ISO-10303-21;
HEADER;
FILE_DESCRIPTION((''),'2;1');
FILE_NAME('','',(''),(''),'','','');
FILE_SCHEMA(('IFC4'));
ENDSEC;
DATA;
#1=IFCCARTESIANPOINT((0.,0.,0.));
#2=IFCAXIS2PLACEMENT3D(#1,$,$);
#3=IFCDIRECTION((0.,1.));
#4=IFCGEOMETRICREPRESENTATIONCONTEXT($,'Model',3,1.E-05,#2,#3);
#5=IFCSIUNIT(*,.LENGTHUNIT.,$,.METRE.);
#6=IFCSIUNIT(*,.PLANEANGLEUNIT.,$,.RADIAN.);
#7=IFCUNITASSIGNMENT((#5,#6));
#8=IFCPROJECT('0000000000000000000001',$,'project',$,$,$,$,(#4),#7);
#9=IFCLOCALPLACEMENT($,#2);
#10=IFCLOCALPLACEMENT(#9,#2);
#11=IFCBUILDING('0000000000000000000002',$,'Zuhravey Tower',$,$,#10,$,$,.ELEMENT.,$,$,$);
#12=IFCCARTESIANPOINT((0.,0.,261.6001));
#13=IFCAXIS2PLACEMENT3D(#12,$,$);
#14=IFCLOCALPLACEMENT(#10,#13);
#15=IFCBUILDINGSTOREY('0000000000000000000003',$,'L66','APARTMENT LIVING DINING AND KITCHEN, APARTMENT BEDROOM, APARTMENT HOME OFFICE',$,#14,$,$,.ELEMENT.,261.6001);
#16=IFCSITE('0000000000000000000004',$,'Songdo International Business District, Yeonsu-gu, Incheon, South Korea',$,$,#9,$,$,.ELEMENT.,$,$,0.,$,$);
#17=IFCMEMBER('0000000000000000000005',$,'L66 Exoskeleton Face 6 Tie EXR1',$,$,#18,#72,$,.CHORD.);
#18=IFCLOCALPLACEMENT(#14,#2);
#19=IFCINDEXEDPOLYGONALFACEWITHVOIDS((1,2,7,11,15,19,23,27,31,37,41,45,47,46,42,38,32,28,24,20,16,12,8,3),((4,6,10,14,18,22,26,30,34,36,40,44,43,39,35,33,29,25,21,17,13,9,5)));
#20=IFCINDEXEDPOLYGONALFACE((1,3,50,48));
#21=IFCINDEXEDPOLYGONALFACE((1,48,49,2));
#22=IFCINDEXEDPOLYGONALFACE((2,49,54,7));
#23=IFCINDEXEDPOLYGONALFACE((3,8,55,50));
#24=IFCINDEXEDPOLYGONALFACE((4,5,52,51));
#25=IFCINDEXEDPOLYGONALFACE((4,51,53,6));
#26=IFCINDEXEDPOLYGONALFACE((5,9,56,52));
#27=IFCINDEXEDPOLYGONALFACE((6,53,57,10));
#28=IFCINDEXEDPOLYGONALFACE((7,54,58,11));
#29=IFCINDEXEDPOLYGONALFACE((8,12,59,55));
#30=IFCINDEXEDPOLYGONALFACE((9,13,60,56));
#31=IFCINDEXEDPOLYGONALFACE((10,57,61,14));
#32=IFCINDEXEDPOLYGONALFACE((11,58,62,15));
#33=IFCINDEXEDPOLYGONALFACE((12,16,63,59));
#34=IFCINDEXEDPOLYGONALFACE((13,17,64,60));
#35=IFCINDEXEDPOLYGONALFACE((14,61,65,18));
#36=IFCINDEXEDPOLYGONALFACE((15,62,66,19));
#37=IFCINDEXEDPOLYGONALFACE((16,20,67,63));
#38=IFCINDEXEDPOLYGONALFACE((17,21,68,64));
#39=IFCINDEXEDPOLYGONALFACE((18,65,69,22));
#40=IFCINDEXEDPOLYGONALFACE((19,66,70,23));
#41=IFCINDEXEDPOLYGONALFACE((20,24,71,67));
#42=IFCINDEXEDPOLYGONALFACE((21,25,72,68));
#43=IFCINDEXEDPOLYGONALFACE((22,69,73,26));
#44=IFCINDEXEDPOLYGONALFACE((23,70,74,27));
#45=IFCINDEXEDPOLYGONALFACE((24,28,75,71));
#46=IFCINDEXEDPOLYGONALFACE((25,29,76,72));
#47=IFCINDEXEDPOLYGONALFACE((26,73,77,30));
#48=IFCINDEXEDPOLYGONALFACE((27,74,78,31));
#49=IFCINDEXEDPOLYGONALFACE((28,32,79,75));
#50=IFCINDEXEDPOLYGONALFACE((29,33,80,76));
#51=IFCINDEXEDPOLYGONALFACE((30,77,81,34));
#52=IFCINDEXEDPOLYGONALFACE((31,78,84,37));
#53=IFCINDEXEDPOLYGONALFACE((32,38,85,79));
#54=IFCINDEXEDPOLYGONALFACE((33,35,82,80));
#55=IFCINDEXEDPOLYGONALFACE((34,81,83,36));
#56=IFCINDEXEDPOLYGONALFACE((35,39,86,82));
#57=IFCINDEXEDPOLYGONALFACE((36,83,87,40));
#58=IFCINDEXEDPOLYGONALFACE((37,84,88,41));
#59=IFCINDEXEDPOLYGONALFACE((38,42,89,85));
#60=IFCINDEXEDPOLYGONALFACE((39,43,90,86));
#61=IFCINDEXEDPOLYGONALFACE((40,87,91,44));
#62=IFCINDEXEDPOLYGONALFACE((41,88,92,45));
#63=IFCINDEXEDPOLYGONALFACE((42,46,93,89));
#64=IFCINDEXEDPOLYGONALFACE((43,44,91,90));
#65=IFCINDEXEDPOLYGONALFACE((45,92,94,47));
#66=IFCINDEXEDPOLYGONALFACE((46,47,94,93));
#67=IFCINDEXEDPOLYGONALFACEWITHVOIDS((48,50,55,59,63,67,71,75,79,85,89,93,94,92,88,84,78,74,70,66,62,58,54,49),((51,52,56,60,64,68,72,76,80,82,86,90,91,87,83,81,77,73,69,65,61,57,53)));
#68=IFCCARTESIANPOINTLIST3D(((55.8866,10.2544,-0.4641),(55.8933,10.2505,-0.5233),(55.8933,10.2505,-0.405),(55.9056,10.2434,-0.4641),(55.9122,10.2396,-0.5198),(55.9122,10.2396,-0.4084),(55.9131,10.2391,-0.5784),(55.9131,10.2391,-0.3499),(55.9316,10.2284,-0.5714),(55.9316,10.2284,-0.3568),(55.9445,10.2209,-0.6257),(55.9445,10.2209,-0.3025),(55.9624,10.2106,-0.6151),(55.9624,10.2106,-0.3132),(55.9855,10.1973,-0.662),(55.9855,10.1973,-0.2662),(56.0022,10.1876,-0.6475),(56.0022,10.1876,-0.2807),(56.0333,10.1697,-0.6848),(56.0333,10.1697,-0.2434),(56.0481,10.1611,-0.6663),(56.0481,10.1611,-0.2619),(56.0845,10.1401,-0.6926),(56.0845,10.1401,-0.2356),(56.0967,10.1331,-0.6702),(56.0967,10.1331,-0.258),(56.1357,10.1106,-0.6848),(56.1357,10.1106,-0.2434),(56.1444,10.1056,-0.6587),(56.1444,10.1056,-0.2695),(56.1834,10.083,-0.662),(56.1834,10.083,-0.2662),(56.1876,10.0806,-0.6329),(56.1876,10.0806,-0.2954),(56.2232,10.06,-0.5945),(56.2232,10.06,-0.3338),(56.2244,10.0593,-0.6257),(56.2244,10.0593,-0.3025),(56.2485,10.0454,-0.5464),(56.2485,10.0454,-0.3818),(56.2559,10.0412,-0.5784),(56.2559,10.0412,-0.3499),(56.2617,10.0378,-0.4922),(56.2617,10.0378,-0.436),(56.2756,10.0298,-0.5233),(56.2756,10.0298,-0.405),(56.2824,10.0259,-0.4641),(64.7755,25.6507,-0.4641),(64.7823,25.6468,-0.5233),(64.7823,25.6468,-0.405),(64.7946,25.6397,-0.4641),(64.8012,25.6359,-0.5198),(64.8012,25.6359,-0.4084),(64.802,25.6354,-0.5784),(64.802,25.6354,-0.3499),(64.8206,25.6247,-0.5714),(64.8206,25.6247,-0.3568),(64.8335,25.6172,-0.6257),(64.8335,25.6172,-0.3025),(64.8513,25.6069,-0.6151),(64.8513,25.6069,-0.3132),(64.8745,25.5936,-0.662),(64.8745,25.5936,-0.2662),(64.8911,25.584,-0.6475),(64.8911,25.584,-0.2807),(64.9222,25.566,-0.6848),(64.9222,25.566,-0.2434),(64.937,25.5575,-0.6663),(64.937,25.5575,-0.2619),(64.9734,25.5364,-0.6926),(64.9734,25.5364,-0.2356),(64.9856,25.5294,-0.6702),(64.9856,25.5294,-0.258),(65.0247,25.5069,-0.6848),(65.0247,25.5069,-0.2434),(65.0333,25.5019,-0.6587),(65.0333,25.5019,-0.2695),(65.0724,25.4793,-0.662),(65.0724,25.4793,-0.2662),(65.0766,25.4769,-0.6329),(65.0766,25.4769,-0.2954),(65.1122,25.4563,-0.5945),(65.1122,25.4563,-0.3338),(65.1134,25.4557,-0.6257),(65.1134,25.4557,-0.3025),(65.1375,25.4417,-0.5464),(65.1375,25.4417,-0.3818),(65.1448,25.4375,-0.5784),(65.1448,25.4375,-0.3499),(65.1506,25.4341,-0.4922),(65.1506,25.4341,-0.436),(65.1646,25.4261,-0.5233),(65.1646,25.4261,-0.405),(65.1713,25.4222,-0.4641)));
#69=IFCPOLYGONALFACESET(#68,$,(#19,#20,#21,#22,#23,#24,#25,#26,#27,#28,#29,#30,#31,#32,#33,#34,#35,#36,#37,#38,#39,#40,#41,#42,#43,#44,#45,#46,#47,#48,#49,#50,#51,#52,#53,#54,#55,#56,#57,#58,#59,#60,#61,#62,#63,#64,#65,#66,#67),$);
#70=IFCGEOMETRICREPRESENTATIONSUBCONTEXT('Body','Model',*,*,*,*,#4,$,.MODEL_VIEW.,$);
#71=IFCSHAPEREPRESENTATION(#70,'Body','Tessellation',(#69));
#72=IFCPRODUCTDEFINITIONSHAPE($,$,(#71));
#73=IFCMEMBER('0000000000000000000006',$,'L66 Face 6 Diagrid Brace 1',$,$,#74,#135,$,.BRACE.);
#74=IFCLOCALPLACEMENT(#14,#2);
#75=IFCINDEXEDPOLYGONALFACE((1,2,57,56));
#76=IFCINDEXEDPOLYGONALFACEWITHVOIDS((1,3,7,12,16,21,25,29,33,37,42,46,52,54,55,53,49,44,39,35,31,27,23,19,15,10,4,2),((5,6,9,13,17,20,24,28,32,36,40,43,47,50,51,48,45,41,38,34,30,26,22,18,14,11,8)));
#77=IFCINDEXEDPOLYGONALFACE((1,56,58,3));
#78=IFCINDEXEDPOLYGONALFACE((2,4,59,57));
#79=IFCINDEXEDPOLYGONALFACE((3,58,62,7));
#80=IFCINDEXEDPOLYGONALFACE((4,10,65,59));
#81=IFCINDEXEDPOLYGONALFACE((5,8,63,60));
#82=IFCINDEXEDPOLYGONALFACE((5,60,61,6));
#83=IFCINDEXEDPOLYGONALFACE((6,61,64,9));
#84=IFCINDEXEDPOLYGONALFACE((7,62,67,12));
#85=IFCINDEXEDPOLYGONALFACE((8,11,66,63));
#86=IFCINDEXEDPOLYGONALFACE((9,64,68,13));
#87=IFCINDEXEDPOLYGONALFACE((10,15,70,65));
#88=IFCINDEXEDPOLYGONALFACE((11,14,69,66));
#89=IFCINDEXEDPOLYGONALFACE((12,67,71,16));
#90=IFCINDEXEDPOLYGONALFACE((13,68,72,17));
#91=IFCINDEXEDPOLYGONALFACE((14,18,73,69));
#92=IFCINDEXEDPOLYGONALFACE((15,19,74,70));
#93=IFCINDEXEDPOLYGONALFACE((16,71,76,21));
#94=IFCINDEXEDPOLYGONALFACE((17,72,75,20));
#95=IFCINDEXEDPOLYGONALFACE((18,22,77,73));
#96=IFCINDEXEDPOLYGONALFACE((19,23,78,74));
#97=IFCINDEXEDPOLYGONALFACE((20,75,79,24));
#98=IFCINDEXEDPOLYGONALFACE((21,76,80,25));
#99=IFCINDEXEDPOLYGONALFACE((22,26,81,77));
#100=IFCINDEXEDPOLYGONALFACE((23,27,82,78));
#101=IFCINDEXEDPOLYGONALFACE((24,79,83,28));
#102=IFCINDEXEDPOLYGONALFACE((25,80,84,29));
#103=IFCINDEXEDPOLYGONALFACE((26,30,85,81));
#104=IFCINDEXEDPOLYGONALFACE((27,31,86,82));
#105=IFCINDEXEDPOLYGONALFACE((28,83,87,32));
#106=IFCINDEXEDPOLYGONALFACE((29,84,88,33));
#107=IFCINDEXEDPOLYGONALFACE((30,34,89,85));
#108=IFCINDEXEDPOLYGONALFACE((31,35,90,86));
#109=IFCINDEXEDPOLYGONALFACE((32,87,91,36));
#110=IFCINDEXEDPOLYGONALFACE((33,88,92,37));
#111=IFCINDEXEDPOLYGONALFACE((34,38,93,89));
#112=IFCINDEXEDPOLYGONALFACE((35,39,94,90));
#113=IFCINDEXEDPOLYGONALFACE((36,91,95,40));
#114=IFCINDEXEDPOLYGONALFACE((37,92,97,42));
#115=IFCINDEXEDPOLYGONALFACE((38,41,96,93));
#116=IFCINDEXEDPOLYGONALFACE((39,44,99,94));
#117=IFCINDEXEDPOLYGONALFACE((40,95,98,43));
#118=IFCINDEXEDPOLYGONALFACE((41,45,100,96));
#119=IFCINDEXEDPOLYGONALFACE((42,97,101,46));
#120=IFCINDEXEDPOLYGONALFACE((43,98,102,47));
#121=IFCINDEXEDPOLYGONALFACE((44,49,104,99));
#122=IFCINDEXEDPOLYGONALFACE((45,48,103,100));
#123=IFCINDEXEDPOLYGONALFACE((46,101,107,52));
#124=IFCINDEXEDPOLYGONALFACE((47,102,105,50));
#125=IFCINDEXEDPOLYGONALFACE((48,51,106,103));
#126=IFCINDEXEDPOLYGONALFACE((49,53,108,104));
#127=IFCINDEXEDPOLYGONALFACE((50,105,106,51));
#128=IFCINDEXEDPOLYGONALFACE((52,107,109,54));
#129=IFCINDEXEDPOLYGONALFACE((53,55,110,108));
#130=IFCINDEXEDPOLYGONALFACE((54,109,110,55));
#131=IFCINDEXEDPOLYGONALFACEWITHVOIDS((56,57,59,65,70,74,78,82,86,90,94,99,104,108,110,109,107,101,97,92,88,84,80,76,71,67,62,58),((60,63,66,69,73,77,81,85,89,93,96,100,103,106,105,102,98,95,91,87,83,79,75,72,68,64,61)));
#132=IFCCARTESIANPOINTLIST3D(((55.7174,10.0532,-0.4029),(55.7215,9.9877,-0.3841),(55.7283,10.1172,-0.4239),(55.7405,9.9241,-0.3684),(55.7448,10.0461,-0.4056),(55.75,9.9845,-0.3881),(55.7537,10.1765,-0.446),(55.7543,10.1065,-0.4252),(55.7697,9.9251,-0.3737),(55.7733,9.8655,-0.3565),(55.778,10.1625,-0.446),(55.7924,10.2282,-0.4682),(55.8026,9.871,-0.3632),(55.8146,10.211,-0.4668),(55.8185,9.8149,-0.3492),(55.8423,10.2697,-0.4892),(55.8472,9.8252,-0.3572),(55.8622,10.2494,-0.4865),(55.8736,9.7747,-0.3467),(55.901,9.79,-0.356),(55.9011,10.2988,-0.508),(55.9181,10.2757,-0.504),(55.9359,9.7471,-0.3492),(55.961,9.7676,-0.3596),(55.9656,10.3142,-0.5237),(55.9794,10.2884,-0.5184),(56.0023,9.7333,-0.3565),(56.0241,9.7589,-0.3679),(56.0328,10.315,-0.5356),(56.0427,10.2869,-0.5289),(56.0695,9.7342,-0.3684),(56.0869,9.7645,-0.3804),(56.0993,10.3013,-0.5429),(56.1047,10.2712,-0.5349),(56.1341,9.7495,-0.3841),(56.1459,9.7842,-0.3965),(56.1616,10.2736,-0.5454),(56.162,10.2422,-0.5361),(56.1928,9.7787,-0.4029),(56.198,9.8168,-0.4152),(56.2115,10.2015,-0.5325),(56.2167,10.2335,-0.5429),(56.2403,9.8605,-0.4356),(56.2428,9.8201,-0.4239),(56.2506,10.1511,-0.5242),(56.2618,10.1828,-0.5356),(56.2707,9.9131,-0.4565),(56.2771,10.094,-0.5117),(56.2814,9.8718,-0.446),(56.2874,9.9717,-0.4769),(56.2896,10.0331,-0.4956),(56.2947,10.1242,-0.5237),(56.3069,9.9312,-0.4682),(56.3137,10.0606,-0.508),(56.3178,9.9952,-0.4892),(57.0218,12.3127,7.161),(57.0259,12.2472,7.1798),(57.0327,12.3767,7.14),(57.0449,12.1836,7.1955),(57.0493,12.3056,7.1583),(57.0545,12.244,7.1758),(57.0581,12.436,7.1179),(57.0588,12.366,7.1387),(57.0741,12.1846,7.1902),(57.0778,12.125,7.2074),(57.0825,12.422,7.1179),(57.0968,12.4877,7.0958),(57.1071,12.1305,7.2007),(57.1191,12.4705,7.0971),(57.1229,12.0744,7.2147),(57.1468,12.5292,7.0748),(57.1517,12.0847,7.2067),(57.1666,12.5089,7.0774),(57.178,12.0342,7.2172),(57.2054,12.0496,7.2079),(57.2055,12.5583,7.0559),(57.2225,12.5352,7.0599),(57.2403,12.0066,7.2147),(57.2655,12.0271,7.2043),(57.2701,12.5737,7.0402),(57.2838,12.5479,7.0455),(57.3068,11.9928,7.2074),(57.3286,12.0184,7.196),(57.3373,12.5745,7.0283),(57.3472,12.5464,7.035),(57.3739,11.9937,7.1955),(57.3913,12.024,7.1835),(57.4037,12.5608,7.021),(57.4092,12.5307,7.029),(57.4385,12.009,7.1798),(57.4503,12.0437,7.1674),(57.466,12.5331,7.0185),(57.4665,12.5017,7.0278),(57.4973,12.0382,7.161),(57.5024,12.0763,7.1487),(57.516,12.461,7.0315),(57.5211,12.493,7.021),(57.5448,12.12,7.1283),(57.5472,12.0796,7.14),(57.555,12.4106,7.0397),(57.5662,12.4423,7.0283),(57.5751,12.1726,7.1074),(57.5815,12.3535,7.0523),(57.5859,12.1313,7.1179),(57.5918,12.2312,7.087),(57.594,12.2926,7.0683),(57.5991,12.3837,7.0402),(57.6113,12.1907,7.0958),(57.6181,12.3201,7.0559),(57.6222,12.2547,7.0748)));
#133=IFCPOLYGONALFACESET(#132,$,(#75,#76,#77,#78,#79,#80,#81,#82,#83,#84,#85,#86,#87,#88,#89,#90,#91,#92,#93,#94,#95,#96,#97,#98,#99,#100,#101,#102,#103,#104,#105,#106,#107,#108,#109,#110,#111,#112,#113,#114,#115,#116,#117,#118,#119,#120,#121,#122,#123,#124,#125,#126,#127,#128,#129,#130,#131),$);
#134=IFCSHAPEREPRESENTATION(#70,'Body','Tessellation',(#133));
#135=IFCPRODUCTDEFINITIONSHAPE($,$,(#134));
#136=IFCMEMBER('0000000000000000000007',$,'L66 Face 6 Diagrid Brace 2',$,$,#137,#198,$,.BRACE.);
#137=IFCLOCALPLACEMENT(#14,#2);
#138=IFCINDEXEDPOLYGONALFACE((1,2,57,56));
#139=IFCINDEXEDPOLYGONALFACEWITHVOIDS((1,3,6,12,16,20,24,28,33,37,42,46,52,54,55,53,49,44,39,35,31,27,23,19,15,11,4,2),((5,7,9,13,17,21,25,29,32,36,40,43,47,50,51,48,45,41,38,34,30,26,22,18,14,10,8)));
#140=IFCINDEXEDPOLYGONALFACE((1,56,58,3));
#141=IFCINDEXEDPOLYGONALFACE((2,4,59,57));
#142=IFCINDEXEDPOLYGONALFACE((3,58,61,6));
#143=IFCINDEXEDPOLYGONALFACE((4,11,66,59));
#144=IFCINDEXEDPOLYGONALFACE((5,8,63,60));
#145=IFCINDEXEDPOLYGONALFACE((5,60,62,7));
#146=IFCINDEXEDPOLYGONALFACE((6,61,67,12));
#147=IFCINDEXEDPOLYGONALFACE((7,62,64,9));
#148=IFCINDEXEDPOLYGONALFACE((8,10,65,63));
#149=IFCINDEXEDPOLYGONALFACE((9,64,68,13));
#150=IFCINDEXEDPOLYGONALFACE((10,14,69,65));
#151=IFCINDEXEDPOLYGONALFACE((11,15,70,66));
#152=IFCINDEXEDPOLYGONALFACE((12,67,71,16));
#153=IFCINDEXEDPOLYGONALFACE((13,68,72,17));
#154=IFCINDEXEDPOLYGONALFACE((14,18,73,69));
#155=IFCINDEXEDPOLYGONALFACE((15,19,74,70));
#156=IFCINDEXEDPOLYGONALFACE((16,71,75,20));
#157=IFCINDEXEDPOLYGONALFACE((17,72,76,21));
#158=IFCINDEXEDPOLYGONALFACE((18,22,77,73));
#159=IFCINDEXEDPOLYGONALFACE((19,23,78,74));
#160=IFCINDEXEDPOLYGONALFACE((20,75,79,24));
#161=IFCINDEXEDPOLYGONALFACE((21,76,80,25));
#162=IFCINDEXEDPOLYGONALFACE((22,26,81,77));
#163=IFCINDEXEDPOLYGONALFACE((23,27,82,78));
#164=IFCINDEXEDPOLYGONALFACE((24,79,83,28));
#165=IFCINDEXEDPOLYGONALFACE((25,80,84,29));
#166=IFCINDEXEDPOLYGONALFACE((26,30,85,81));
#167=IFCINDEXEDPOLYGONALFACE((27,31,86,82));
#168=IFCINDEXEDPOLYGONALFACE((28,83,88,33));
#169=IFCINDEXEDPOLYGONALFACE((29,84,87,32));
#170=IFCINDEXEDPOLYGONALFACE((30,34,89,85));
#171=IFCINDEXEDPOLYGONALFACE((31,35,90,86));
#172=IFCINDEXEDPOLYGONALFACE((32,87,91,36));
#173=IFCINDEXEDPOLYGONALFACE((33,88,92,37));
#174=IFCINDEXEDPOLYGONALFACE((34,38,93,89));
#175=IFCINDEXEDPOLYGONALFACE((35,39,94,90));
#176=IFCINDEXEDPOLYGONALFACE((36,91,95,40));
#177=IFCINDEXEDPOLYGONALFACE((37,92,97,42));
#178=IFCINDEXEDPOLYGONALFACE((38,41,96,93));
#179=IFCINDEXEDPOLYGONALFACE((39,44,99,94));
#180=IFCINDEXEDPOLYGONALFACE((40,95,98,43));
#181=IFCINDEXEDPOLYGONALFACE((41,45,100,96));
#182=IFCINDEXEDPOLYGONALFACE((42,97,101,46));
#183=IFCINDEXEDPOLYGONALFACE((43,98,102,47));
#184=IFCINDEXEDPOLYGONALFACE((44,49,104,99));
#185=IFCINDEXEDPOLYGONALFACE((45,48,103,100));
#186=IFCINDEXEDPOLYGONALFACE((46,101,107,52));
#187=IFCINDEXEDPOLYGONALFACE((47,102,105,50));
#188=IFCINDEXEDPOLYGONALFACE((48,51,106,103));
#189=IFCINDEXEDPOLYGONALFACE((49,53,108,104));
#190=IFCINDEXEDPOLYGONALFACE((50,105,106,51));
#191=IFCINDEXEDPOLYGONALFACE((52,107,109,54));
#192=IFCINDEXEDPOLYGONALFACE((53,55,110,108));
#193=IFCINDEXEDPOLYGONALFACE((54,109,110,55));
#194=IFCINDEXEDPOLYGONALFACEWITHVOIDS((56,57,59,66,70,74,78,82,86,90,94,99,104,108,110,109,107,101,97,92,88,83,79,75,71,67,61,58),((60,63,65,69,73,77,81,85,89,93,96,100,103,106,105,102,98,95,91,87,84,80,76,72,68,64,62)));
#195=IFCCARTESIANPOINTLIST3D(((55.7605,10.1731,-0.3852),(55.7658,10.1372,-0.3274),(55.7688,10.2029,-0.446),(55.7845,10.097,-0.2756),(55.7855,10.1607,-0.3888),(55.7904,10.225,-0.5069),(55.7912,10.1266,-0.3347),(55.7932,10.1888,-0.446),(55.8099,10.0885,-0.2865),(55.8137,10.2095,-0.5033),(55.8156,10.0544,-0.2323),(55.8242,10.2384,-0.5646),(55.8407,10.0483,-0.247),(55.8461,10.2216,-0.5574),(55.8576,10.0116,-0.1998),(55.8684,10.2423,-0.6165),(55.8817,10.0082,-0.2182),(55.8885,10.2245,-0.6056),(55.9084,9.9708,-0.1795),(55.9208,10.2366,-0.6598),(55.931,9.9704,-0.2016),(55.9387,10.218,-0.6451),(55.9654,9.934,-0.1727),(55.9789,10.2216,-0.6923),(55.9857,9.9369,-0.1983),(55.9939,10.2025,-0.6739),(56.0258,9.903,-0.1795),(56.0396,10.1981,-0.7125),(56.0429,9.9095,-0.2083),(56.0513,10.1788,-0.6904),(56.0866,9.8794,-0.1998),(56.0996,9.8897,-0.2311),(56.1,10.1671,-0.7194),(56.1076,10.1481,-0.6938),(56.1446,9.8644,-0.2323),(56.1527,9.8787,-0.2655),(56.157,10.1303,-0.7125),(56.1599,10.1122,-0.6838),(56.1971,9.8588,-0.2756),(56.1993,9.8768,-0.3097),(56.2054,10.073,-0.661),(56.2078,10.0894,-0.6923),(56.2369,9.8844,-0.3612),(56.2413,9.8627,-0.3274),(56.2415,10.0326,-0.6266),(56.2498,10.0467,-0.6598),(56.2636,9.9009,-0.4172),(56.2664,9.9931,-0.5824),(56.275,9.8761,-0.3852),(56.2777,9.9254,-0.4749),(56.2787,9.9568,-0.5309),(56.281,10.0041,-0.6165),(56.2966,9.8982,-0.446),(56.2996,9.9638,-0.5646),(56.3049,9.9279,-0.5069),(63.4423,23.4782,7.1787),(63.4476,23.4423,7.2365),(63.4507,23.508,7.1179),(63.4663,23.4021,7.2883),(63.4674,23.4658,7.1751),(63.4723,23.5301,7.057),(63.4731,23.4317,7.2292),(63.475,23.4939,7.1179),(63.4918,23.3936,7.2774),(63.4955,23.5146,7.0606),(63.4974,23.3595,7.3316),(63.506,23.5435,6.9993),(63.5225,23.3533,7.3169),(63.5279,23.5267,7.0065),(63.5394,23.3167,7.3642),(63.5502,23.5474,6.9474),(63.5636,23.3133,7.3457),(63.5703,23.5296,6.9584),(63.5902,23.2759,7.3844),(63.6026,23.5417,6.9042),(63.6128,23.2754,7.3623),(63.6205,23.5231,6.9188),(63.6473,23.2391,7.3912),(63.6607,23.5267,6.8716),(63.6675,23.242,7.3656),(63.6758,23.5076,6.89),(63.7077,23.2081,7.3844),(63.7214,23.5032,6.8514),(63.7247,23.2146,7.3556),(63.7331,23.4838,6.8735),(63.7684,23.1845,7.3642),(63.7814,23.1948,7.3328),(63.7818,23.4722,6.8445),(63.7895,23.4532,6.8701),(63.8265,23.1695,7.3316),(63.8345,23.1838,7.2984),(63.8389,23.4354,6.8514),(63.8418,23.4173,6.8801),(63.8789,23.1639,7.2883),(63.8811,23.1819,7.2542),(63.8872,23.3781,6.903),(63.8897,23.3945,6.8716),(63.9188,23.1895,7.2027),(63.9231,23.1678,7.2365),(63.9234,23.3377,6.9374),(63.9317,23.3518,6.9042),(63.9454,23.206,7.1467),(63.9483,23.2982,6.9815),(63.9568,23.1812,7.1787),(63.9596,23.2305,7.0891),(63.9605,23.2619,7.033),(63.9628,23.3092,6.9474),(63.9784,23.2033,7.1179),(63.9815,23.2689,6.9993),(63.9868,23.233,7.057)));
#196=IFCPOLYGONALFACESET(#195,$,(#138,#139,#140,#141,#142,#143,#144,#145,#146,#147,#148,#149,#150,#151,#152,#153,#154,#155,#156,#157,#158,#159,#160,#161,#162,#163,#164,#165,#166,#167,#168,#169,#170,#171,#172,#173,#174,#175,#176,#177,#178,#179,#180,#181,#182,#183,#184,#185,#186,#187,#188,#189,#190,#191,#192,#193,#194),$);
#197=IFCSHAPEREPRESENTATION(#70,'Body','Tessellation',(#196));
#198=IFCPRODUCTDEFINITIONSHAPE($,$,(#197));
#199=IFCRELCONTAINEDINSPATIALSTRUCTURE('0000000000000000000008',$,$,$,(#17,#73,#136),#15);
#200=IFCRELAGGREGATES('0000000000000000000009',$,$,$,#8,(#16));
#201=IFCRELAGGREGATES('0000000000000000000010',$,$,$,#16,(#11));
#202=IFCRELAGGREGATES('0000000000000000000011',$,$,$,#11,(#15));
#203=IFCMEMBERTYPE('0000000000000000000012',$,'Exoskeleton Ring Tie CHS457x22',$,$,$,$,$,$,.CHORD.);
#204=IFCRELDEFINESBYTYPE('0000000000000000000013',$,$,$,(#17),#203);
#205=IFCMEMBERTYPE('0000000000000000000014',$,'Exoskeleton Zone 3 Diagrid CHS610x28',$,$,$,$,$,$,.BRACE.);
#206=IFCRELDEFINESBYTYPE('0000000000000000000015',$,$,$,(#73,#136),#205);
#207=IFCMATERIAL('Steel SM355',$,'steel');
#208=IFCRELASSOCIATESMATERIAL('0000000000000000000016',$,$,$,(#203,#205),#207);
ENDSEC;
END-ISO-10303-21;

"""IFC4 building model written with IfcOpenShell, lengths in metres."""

from ifc_helpers import new_model, si_unit, direction, frame, origin, origin_2d, place, context, subcontext, project, spatial, hollow_circle, extrude, material, material_profile, profile_set, type_object, element, save


model = new_model("IFC4")

# Units and contexts
model_context = context("Model", 3, precision=1e-05, world=origin(), true_north=direction((0.0, 1.0)))
body_context = subcontext(model_context, "Body", "Model", "MODEL_VIEW")
ifc_project = project(units=[si_unit("LENGTHUNIT", "METRE"), si_unit("PLANEANGLEUNIT", "RADIAN")], contexts=[model_context])

# Site, building, storey
site_placement = place(None, origin())
site = spatial("IfcSite", under=ifc_project, at=site_placement, Name="Songdo International Business District, Yeonsu-gu, Incheon, South Korea", CompositionType="ELEMENT", RefElevation=0.0)
building_placement = place(site_placement, origin())
building = spatial("IfcBuilding", under=site, at=building_placement, Name="Zuhravey Tower", CompositionType="ELEMENT")
storey_placement = place(building_placement, frame((0.0, 0.0, 261.6001)))
storey = spatial("IfcBuildingStorey", under=building, at=storey_placement, Name="L66", Description="APARTMENT LIVING DINING AND KITCHEN, APARTMENT BEDROOM, APARTMENT HOME OFFICE", CompositionType="ELEMENT", Elevation=261.6001)

# Members
ifc_material_1 = material(Name="Steel SM355", Category="steel")
ifc_material_profile_1 = material_profile(ifc_material_1, hollow_circle(Radius=0.2285, WallThickness=0.022, at=origin_2d()), Name="CHS-457.2x22")
ifc_profile_set_1 = profile_set([ifc_material_profile_1], Name="Steel SM355")
member_type_1 = type_object("IfcMemberType", Name="Exoskeleton Ring Tie CHS457x22", PredefinedType="CHORD", material=ifc_profile_set_1)
member_1_placement = place(storey_placement, frame((56.0845, 10.1401, -0.4641), z_axis=(0.499995, 0.866028, 0.0), x_axis=(-0.866028, 0.499995, 0.0)))
element("IfcMember", 1, at=member_1_placement, inside=storey, type_object=member_type_1, Name="L66 Exoskeleton Face 6 Tie EXR1", PredefinedType="CHORD", context=body_context, shape_type="SweptSolid", body=[
    extrude(hollow_circle(Radius=0.2285, WallThickness=0.022, at=origin_2d()), origin(), (0.0, 0.0, 1.0), 17.7781),
])
ifc_material_profile_2 = material_profile(ifc_material_1, hollow_circle(Radius=0.3047, WallThickness=0.0281, at=origin_2d()), Name="CHS-609.6x28")
ifc_profile_set_2 = profile_set([ifc_material_profile_2], Name="Steel SM355")
member_type_2 = type_object("IfcMemberType", Name="Exoskeleton Zone 3 Diagrid CHS610x28", PredefinedType="BRACE", material=ifc_profile_set_2)
member_2_placement = place(storey_placement, frame((56.0176, 10.0242, -0.446), z_axis=(0.163029, 0.282395, 0.945344), x_axis=(-0.866041, 0.499974, 0.0)))
element("IfcMember", 2, at=member_2_placement, inside=storey, type_object=member_type_2, Name="L66 Face 6 Diagrid Brace 1", PredefinedType="BRACE", context=body_context, shape_type="SweptSolid", body=[
    extrude(hollow_circle(Radius=0.3047, WallThickness=0.0281, at=origin_2d()), origin(), (0.0, 0.0, 1.0), 8.0012),
])
member_3_placement = place(storey_placement, frame((56.0327, 10.0505, -0.446), z_axis=(0.448587, 0.776962, 0.441701), x_axis=(-0.866022, 0.500007, 0.0)))
element("IfcMember", 3, at=member_3_placement, inside=storey, type_object=member_type_2, Name="L66 Face 6 Diagrid Brace 2", PredefinedType="BRACE", context=body_context, shape_type="SweptSolid", body=[
    extrude(hollow_circle(Radius=0.3047, WallThickness=0.0281, at=origin_2d()), origin(), (0.0, 0.0, 1.0), 17.1245),
])

save(model, "model.ifc")
